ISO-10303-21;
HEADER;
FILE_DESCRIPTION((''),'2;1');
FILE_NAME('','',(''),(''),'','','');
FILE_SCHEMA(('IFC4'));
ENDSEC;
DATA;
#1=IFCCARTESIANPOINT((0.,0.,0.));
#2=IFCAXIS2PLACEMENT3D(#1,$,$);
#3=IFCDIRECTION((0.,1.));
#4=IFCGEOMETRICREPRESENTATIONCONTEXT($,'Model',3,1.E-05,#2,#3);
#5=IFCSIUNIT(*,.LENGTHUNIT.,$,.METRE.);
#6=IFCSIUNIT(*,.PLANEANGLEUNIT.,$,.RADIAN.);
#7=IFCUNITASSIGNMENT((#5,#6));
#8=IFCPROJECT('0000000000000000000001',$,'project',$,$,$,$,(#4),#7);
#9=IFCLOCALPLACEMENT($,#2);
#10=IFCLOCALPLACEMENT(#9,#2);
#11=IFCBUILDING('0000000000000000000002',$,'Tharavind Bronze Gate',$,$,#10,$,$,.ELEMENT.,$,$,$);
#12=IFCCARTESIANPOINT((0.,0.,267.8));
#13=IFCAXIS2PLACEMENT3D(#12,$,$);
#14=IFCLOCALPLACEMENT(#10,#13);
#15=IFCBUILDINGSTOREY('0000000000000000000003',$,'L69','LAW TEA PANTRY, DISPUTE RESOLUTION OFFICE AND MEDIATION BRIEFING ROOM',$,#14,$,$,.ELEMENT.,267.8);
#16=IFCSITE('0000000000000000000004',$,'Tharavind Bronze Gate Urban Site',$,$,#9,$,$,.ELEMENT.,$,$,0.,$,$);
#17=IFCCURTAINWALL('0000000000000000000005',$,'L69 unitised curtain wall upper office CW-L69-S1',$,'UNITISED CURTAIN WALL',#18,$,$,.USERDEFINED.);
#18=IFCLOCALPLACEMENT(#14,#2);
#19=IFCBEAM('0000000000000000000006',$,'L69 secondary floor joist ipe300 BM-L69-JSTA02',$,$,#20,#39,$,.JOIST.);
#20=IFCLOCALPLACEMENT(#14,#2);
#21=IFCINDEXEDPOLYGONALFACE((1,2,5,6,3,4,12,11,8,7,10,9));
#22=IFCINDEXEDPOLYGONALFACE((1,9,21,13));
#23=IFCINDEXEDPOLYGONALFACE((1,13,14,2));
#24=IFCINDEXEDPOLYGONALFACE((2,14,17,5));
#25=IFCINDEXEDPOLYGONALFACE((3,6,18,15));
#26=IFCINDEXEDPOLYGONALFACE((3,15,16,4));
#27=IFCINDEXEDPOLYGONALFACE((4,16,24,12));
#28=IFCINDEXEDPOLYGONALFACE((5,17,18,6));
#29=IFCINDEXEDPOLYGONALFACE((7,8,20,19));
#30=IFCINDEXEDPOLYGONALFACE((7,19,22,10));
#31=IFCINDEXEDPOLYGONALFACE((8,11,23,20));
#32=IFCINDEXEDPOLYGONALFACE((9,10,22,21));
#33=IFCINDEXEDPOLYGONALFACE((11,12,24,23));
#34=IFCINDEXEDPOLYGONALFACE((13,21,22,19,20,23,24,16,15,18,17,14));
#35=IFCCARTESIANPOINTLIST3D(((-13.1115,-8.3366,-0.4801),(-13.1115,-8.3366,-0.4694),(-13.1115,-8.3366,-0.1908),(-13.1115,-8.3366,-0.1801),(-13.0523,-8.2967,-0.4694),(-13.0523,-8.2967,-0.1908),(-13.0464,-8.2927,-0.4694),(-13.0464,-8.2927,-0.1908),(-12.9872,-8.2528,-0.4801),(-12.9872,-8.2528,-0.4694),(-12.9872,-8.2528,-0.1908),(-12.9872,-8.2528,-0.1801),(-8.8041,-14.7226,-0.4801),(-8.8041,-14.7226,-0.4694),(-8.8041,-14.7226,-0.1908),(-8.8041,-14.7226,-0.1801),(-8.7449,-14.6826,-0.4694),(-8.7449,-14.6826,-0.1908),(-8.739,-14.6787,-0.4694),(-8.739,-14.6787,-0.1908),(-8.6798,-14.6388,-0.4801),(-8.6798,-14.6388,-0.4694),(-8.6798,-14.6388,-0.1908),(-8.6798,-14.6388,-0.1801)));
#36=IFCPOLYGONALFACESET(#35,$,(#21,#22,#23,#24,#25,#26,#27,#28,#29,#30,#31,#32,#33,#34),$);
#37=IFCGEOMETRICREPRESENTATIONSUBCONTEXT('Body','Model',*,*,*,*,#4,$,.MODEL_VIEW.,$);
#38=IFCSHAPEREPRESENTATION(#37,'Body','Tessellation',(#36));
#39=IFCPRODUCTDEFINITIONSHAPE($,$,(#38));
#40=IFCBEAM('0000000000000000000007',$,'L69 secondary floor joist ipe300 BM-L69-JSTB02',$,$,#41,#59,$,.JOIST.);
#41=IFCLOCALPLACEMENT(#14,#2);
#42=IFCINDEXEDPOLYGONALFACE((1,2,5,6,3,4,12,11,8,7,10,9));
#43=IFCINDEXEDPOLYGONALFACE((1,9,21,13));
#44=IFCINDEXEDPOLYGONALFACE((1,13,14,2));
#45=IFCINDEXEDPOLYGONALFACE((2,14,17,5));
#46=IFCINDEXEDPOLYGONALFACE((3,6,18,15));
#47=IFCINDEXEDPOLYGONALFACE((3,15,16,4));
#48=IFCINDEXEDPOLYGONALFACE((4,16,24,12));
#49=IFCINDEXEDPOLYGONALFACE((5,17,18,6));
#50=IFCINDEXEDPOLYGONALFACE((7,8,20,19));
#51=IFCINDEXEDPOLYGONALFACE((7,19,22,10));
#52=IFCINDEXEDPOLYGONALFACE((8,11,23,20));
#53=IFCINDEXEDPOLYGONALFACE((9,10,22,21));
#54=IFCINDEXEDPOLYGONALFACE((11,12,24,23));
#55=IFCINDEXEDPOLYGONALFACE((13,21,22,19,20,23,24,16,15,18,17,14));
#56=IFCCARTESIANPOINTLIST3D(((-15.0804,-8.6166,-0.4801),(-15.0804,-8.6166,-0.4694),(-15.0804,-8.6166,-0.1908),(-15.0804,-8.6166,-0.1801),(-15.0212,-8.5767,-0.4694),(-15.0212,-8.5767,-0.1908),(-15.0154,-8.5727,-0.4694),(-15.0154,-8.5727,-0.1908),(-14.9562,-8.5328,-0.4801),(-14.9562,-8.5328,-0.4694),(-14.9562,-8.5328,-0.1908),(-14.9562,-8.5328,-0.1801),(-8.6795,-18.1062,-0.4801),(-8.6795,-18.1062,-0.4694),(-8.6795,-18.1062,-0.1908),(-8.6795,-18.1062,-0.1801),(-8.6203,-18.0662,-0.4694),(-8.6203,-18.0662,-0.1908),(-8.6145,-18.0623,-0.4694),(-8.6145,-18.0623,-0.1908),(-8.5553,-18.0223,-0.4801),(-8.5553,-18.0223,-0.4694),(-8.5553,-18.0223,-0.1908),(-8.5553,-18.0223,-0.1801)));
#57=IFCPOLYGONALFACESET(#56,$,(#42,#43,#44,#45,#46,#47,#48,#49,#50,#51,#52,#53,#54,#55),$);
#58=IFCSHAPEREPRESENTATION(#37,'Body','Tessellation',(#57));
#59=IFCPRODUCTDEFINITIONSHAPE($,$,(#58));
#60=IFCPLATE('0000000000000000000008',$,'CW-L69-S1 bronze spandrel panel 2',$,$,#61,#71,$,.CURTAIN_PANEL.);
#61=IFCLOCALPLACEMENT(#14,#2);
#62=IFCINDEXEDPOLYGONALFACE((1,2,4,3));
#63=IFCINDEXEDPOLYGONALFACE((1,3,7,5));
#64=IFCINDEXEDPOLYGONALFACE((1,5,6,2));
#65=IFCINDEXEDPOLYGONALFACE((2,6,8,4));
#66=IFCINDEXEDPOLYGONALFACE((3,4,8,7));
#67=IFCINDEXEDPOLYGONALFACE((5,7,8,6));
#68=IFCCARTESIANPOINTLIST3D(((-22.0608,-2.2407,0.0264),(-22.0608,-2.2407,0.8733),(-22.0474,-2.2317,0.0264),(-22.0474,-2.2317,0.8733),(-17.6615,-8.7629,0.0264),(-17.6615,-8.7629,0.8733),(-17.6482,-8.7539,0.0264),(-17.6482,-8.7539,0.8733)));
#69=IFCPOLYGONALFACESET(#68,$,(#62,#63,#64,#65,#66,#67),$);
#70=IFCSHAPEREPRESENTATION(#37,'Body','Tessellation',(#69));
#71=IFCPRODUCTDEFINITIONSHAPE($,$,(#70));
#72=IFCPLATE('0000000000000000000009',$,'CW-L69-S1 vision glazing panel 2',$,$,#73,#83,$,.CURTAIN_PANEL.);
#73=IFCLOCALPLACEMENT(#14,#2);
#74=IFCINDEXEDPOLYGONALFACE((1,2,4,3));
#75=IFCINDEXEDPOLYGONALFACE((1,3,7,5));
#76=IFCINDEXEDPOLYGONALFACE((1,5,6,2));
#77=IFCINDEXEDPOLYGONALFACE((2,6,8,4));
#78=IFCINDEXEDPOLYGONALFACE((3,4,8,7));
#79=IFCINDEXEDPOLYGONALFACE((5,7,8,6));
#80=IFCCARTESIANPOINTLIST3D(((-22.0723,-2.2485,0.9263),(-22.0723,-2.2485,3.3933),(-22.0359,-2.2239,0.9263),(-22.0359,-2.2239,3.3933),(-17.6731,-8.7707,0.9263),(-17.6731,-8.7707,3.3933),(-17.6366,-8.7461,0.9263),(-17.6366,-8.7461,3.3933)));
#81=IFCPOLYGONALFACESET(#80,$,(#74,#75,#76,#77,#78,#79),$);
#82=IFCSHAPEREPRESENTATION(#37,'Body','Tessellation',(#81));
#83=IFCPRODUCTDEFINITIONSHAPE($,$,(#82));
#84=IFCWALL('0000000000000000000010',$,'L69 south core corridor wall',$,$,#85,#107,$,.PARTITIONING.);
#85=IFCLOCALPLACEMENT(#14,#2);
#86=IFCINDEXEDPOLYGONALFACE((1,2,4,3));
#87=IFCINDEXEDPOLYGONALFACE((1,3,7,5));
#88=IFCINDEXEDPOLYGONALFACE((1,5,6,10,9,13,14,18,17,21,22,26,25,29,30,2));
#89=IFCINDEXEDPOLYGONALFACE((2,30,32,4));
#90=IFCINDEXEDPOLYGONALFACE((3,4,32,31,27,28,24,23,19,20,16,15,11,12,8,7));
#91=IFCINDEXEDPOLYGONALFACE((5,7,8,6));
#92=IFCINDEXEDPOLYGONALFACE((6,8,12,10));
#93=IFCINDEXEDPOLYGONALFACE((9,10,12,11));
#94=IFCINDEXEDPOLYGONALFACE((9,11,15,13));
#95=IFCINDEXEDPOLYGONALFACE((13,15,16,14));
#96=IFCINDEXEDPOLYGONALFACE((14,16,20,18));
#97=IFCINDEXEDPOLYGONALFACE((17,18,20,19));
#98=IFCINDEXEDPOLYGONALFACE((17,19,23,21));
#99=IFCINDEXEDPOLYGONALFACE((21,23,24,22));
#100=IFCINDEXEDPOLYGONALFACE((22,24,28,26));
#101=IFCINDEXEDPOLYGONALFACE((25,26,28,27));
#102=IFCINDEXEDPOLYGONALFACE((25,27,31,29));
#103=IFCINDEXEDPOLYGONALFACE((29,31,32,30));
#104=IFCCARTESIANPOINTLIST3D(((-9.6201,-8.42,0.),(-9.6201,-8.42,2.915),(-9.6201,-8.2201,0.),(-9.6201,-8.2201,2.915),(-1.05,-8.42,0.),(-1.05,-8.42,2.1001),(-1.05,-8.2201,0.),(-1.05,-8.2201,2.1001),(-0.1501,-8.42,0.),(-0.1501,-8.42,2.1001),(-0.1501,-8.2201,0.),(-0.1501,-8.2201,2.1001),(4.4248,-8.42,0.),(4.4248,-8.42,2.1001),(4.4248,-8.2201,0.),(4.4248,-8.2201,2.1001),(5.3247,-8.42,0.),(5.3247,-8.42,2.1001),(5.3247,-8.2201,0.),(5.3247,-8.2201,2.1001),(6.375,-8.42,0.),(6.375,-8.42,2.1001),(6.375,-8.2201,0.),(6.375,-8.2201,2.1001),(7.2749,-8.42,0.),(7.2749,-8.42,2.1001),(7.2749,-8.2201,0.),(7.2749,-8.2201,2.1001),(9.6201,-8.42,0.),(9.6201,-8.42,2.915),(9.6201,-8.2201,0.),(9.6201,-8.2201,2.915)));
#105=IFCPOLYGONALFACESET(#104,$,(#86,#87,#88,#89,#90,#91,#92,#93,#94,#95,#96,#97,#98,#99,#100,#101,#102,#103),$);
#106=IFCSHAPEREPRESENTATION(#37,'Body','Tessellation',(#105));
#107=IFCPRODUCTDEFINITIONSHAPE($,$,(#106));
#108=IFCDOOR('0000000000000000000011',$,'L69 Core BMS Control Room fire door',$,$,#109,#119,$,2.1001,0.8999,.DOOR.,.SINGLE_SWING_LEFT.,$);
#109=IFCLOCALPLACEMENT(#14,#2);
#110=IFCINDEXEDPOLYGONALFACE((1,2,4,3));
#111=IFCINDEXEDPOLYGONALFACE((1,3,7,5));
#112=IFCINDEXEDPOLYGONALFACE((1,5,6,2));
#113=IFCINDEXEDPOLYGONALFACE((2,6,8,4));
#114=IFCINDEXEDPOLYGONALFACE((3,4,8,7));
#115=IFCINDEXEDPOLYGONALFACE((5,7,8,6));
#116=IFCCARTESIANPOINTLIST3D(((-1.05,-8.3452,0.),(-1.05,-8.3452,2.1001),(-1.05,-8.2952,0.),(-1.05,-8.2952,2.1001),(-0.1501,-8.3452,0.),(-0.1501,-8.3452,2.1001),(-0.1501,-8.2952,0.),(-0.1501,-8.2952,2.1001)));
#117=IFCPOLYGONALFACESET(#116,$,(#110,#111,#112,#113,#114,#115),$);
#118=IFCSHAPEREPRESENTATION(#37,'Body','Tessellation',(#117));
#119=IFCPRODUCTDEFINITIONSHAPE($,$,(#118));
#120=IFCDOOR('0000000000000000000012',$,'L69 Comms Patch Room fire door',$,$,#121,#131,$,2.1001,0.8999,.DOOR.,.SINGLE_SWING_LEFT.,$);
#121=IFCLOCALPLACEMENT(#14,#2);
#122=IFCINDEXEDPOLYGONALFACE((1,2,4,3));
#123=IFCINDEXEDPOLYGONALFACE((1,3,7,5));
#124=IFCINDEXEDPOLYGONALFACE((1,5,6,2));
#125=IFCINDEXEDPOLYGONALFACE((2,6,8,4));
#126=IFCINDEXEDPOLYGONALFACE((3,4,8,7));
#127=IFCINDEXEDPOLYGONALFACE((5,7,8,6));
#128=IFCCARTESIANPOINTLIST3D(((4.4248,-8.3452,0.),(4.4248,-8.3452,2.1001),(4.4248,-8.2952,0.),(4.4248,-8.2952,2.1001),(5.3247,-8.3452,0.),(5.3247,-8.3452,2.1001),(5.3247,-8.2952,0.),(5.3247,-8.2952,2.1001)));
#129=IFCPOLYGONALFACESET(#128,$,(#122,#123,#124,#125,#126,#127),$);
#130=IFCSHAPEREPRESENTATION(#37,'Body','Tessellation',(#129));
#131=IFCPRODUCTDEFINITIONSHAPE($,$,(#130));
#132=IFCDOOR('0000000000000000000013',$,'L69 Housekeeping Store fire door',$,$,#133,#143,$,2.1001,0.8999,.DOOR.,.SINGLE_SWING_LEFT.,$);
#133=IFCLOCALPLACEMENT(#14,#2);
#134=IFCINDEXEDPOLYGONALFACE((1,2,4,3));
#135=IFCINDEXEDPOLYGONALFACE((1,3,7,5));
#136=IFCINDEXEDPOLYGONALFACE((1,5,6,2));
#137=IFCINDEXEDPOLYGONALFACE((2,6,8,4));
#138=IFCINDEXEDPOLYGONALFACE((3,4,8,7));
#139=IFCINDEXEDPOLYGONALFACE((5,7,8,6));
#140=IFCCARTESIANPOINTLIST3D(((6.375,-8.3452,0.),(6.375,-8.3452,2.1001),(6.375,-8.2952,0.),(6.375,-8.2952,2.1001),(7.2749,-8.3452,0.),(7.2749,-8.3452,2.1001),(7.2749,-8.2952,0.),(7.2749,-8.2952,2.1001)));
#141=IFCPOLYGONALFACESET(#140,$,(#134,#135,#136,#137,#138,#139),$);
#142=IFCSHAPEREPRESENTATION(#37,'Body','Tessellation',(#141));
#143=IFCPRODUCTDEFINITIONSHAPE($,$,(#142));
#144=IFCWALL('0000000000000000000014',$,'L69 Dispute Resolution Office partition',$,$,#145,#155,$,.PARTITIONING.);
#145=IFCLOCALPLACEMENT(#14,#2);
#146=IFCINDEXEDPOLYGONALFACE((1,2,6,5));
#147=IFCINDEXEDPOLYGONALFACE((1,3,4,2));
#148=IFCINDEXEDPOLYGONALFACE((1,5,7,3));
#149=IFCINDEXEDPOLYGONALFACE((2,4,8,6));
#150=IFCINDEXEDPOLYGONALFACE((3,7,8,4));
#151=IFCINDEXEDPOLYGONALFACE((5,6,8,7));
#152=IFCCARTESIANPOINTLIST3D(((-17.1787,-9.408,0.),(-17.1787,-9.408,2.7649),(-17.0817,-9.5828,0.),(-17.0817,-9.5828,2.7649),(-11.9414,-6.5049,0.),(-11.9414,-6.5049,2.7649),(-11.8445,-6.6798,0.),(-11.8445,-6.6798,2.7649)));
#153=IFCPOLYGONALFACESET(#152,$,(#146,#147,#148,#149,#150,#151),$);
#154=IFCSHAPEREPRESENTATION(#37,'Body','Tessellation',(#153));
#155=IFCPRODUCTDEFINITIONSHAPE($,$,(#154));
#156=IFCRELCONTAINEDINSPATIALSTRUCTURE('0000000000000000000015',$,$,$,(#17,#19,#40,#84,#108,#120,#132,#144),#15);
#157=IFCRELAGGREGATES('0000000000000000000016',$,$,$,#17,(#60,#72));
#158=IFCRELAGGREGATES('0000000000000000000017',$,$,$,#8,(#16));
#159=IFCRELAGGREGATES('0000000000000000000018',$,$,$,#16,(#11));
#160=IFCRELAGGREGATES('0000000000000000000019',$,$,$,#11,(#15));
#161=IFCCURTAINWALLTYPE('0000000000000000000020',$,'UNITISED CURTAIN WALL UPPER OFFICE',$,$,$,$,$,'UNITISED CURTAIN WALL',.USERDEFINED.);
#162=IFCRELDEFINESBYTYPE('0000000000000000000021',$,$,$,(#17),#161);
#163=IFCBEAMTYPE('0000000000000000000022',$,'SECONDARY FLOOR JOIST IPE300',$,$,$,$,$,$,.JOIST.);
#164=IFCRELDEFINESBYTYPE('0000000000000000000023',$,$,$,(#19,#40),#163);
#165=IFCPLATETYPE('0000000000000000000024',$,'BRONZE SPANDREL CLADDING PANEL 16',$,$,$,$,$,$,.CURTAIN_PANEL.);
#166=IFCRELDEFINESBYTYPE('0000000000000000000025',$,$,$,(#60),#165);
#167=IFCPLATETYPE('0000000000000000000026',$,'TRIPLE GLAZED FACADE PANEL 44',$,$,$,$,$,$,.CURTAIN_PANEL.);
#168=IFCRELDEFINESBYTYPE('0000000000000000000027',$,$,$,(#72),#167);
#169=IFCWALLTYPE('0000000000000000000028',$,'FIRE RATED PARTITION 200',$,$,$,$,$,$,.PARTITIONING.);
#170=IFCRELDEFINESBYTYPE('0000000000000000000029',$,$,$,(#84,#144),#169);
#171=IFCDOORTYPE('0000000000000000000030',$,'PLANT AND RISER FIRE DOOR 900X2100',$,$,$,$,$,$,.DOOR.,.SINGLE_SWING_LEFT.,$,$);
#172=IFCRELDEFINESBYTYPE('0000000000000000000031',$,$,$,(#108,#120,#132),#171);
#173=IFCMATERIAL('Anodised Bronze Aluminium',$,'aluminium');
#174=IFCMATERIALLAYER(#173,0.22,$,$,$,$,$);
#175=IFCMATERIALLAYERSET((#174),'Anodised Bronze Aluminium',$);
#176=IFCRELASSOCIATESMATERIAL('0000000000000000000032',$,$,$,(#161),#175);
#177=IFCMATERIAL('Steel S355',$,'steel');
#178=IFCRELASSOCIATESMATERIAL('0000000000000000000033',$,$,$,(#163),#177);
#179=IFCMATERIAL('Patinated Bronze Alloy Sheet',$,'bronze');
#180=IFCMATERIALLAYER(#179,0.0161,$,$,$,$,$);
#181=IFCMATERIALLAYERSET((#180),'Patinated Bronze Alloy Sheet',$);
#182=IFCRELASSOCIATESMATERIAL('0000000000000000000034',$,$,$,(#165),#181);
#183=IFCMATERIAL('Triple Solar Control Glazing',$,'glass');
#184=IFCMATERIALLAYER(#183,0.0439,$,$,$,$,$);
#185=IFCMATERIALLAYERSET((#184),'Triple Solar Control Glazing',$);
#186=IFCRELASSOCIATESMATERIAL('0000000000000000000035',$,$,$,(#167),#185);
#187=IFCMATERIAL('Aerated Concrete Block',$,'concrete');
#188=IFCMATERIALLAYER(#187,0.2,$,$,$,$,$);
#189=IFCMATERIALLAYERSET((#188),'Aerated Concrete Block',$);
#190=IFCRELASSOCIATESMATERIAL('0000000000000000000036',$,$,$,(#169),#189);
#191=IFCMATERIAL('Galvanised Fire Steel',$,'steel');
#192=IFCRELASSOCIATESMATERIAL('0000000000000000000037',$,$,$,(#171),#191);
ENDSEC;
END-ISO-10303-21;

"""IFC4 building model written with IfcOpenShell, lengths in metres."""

from ifc_helpers import new_model, si_unit, direction, frame, frame_2d, origin, origin_2d, place, context, subcontext, project, spatial, rectangle, i_section, extrude, material, layer, layer_set, material_profile, profile_set, type_object, element, fill, aggregate, save


model = new_model("IFC4")

# Units and contexts
model_context = context("Model", 3, precision=1e-05, world=origin(), true_north=direction((0.0, 1.0)))
body_context = subcontext(model_context, "Body", "Model", "MODEL_VIEW")
ifc_project = project(units=[si_unit("LENGTHUNIT", "METRE"), si_unit("PLANEANGLEUNIT", "RADIAN")], contexts=[model_context])

# Site, building, storey
site_placement = place(None, origin())
site = spatial("IfcSite", under=ifc_project, at=site_placement, Name="Tharavind Bronze Gate Urban Site", CompositionType="ELEMENT", RefElevation=0.0)
building_placement = place(site_placement, origin())
building = spatial("IfcBuilding", under=site, at=building_placement, Name="Tharavind Bronze Gate", CompositionType="ELEMENT")
storey_placement = place(building_placement, frame((0.0, 0.0, 267.8)))
storey = spatial("IfcBuildingStorey", under=building, at=storey_placement, Name="L69", Description="LAW TEA PANTRY, DISPUTE RESOLUTION OFFICE AND MEDIATION BRIEFING ROOM", CompositionType="ELEMENT", Elevation=267.8)

# Curtain wall
ifc_material_1 = material(Name="Anodised Bronze Aluminium", Category="aluminium")
ifc_layer_1 = layer(ifc_material_1, 0.22)
ifc_layer_set_1 = layer_set([ifc_layer_1], Name="Anodised Bronze Aluminium")
curtain_wall_type = type_object("IfcCurtainWallType", Name="UNITISED CURTAIN WALL UPPER OFFICE", ElementType="UNITISED CURTAIN WALL", PredefinedType="USERDEFINED", material=ifc_layer_set_1)
curtain_wall_placement = place(storey_placement, origin())
curtain_wall = element("IfcCurtainWall", 1, at=curtain_wall_placement, inside=storey, type_object=curtain_wall_type, Name="L69 unitised curtain wall upper office CW-L69-S1", ObjectType="UNITISED CURTAIN WALL", PredefinedType="USERDEFINED")

# Beams
ifc_material_2 = material(Name="Steel S355", Category="steel")
ifc_material_profile_1 = material_profile(ifc_material_2, i_section(OverallWidth=0.1499, OverallDepth=0.3, WebThickness=0.0071, FlangeThickness=0.0107, at=origin_2d()), Name="IPE300")
ifc_profile_set_1 = profile_set([ifc_material_profile_1], Name="Steel S355")
beam_type_1 = type_object("IfcBeamType", Name="SECONDARY FLOOR JOIST IPE300", PredefinedType="JOIST", material=ifc_profile_set_1)
beam_1_placement = place(storey_placement, frame((-13.0493, -8.2947, -0.3301), z_axis=(0.55919, -0.829039, 0.0), x_axis=(0.829039, 0.55919, 0.0)))
element("IfcBeam", 2, at=beam_1_placement, inside=storey, type_object=beam_type_1, Name="L69 secondary floor joist ipe300 BM-L69-JSTA02", PredefinedType="JOIST", context=body_context, shape_type="SweptSolid", body=[
    extrude(i_section(OverallWidth=0.1499, OverallDepth=0.3, WebThickness=0.0071, FlangeThickness=0.0107, at=origin_2d()), origin(), (0.0, 0.0, 1.0), 7.7029),
])
beam_2_placement = place(storey_placement, frame((-15.0183, -8.5747, -0.3301), z_axis=(0.559201, -0.829032, 0.0), x_axis=(0.829032, 0.559201, 0.0)))
element("IfcBeam", 3, at=beam_2_placement, inside=storey, type_object=beam_type_1, Name="L69 secondary floor joist ipe300 BM-L69-JSTB02", PredefinedType="JOIST", context=body_context, shape_type="SweptSolid", body=[
    extrude(i_section(OverallWidth=0.1499, OverallDepth=0.3, WebThickness=0.0071, FlangeThickness=0.0107, at=origin_2d()), origin(), (0.0, 0.0, 1.0), 11.4465),
])

# Plates
ifc_material_3 = material(Name="Patinated Bronze Alloy Sheet", Category="bronze")
ifc_layer_2 = layer(ifc_material_3, 0.0161)
ifc_layer_set_2 = layer_set([ifc_layer_2], Name="Patinated Bronze Alloy Sheet")
plate_type_1 = type_object("IfcPlateType", Name="BRONZE SPANDREL CLADDING PANEL 16", PredefinedType="CURTAIN_PANEL", material=ifc_layer_set_2)
plate_1_placement = place(storey_placement, frame((-19.8545, -5.4973, 0.0264), z_axis=(0.0, 0.0, 1.0), x_axis=(0.559191, -0.829039, 0.0)))
plate_1 = element("IfcPlate", 4, at=plate_1_placement, type_object=plate_type_1, Name="CW-L69-S1 bronze spandrel panel 2", PredefinedType="CURTAIN_PANEL", context=body_context, shape_type="SweptSolid", body=[
    extrude(rectangle(XDim=7.8672, YDim=0.0161, at=origin_2d()), origin(), (0.0, 0.0, 1.0), 0.8469),
])
ifc_material_4 = material(Name="Triple Solar Control Glazing", Category="glass")
ifc_layer_3 = layer(ifc_material_4, 0.0439)
ifc_layer_set_3 = layer_set([ifc_layer_3], Name="Triple Solar Control Glazing")
plate_type_2 = type_object("IfcPlateType", Name="TRIPLE GLAZED FACADE PANEL 44", PredefinedType="CURTAIN_PANEL", material=ifc_layer_set_3)
plate_2_placement = place(storey_placement, frame((-19.8545, -5.4973, 0.9263), z_axis=(0.0, 0.0, 1.0), x_axis=(0.559191, -0.829039, 0.0)))
plate_2 = element("IfcPlate", 5, at=plate_2_placement, type_object=plate_type_2, Name="CW-L69-S1 vision glazing panel 2", PredefinedType="CURTAIN_PANEL", context=body_context, shape_type="SweptSolid", body=[
    extrude(rectangle(XDim=7.8672, YDim=0.0439, at=origin_2d()), origin(), (0.0, 0.0, 1.0), 2.467),
])
aggregate(curtain_wall, [plate_1, plate_2])

# Wall, openings, doors
ifc_material_5 = material(Name="Aerated Concrete Block", Category="concrete")
ifc_layer_4 = layer(ifc_material_5, 0.2)
ifc_layer_set_4 = layer_set([ifc_layer_4], Name="Aerated Concrete Block")
wall_type_1 = type_object("IfcWallType", Name="FIRE RATED PARTITION 200", PredefinedType="PARTITIONING", material=ifc_layer_set_4)
wall_1_placement = place(storey_placement, frame((-9.6201, -8.3201, 0.0), z_axis=(0.0, 0.0, 1.0), x_axis=(1.0, 0.0, 0.0)))
wall_1 = element("IfcWall", 6, at=wall_1_placement, inside=storey, type_object=wall_type_1, Name="L69 south core corridor wall", PredefinedType="PARTITIONING", context=body_context, shape_type="SweptSolid", body=[
    extrude(rectangle(XDim=19.2402, YDim=0.2, at=frame_2d((9.6201, 0.0))), origin(), (0.0, 0.0, 1.0), 2.915),
])
opening_1_placement = place(wall_1_placement, frame((8.5701, 0.0, 0.0)))
opening_1 = element("IfcOpeningElement", 7, at=opening_1_placement, cuts=wall_1, PredefinedType="OPENING", context=body_context, shape_type="SweptSolid", body=[
    extrude(rectangle(XDim=0.8999, YDim=2.1001, at=frame_2d((0.45, 1.05))), frame((0.0, 0.1101, 0.0), z_axis=(0.0, -1.0, 0.0), x_axis=(1.0, 0.0, 0.0)), (0.0, 0.0, 1.0), 0.22),
])
opening_2_placement = place(wall_1_placement, frame((14.0449, 0.0, 0.0)))
opening_2 = element("IfcOpeningElement", 8, at=opening_2_placement, cuts=wall_1, PredefinedType="OPENING", context=body_context, shape_type="SweptSolid", body=[
    extrude(rectangle(XDim=0.8999, YDim=2.1001, at=frame_2d((0.45, 1.05))), frame((0.0, 0.1101, 0.0), z_axis=(0.0, -1.0, 0.0), x_axis=(1.0, 0.0, 0.0)), (0.0, 0.0, 1.0), 0.22),
])
opening_3_placement = place(wall_1_placement, frame((15.9951, 0.0, 0.0)))
opening_3 = element("IfcOpeningElement", 9, at=opening_3_placement, cuts=wall_1, PredefinedType="OPENING", context=body_context, shape_type="SweptSolid", body=[
    extrude(rectangle(XDim=0.8999, YDim=2.1001, at=frame_2d((0.45, 1.05))), frame((0.0, 0.1101, 0.0), z_axis=(0.0, -1.0, 0.0), x_axis=(1.0, 0.0, 0.0)), (0.0, 0.0, 1.0), 0.22),
])
ifc_material_6 = material(Name="Galvanised Fire Steel", Category="steel")
door_type = type_object("IfcDoorType", Name="PLANT AND RISER FIRE DOOR 900X2100", OperationType="SINGLE_SWING_LEFT", PredefinedType="DOOR", material=ifc_material_6)
door_1_placement = place(opening_1_placement, origin())
door_1 = element("IfcDoor", 10, at=door_1_placement, inside=storey, type_object=door_type, Name="L69 Core BMS Control Room fire door", OperationType="SINGLE_SWING_LEFT", OverallHeight=2.1001, OverallWidth=0.8999, PredefinedType="DOOR", context=body_context, shape_type="SweptSolid", body=[
    extrude(rectangle(XDim=0.8999, YDim=2.1001, at=frame_2d((0.45, 1.05))), frame((0.0, 0.0249, 0.0), z_axis=(0.0, -1.0, 0.0), x_axis=(1.0, 0.0, 0.0)), (0.0, 0.0, 1.0), 0.05),
])
fill(opening_1, door_1)
door_2_placement = place(opening_2_placement, origin())
door_2 = element("IfcDoor", 11, at=door_2_placement, inside=storey, type_object=door_type, Name="L69 Comms Patch Room fire door", OperationType="SINGLE_SWING_LEFT", OverallHeight=2.1001, OverallWidth=0.8999, PredefinedType="DOOR", context=body_context, shape_type="SweptSolid", body=[
    extrude(rectangle(XDim=0.8999, YDim=2.1001, at=frame_2d((0.45, 1.05))), frame((0.0, 0.0249, 0.0), z_axis=(0.0, -1.0, 0.0), x_axis=(1.0, 0.0, 0.0)), (0.0, 0.0, 1.0), 0.05),
])
fill(opening_2, door_2)
door_3_placement = place(opening_3_placement, origin())
door_3 = element("IfcDoor", 12, at=door_3_placement, inside=storey, type_object=door_type, Name="L69 Housekeeping Store fire door", OperationType="SINGLE_SWING_LEFT", OverallHeight=2.1001, OverallWidth=0.8999, PredefinedType="DOOR", context=body_context, shape_type="SweptSolid", body=[
    extrude(rectangle(XDim=0.8999, YDim=2.1001, at=frame_2d((0.45, 1.05))), frame((0.0, 0.0249, 0.0), z_axis=(0.0, -1.0, 0.0), x_axis=(1.0, 0.0, 0.0)), (0.0, 0.0, 1.0), 0.05),
])
fill(opening_3, door_3)

# Wall
wall_2_placement = place(storey_placement, frame((-11.8928, -6.5923, 0.0), z_axis=(0.0, 0.0, 1.0), x_axis=(-0.87462, -0.484808, 0.0)))
element("IfcWall", 13, at=wall_2_placement, inside=storey, type_object=wall_type_1, Name="L69 Dispute Resolution Office partition", PredefinedType="PARTITIONING", context=body_context, shape_type="SweptSolid", body=[
    extrude(rectangle(XDim=5.988, YDim=0.2, at=frame_2d((2.9941, 0.0))), origin(), (0.0, 0.0, 1.0), 2.7649),
])

save(model, "model.ifc")
